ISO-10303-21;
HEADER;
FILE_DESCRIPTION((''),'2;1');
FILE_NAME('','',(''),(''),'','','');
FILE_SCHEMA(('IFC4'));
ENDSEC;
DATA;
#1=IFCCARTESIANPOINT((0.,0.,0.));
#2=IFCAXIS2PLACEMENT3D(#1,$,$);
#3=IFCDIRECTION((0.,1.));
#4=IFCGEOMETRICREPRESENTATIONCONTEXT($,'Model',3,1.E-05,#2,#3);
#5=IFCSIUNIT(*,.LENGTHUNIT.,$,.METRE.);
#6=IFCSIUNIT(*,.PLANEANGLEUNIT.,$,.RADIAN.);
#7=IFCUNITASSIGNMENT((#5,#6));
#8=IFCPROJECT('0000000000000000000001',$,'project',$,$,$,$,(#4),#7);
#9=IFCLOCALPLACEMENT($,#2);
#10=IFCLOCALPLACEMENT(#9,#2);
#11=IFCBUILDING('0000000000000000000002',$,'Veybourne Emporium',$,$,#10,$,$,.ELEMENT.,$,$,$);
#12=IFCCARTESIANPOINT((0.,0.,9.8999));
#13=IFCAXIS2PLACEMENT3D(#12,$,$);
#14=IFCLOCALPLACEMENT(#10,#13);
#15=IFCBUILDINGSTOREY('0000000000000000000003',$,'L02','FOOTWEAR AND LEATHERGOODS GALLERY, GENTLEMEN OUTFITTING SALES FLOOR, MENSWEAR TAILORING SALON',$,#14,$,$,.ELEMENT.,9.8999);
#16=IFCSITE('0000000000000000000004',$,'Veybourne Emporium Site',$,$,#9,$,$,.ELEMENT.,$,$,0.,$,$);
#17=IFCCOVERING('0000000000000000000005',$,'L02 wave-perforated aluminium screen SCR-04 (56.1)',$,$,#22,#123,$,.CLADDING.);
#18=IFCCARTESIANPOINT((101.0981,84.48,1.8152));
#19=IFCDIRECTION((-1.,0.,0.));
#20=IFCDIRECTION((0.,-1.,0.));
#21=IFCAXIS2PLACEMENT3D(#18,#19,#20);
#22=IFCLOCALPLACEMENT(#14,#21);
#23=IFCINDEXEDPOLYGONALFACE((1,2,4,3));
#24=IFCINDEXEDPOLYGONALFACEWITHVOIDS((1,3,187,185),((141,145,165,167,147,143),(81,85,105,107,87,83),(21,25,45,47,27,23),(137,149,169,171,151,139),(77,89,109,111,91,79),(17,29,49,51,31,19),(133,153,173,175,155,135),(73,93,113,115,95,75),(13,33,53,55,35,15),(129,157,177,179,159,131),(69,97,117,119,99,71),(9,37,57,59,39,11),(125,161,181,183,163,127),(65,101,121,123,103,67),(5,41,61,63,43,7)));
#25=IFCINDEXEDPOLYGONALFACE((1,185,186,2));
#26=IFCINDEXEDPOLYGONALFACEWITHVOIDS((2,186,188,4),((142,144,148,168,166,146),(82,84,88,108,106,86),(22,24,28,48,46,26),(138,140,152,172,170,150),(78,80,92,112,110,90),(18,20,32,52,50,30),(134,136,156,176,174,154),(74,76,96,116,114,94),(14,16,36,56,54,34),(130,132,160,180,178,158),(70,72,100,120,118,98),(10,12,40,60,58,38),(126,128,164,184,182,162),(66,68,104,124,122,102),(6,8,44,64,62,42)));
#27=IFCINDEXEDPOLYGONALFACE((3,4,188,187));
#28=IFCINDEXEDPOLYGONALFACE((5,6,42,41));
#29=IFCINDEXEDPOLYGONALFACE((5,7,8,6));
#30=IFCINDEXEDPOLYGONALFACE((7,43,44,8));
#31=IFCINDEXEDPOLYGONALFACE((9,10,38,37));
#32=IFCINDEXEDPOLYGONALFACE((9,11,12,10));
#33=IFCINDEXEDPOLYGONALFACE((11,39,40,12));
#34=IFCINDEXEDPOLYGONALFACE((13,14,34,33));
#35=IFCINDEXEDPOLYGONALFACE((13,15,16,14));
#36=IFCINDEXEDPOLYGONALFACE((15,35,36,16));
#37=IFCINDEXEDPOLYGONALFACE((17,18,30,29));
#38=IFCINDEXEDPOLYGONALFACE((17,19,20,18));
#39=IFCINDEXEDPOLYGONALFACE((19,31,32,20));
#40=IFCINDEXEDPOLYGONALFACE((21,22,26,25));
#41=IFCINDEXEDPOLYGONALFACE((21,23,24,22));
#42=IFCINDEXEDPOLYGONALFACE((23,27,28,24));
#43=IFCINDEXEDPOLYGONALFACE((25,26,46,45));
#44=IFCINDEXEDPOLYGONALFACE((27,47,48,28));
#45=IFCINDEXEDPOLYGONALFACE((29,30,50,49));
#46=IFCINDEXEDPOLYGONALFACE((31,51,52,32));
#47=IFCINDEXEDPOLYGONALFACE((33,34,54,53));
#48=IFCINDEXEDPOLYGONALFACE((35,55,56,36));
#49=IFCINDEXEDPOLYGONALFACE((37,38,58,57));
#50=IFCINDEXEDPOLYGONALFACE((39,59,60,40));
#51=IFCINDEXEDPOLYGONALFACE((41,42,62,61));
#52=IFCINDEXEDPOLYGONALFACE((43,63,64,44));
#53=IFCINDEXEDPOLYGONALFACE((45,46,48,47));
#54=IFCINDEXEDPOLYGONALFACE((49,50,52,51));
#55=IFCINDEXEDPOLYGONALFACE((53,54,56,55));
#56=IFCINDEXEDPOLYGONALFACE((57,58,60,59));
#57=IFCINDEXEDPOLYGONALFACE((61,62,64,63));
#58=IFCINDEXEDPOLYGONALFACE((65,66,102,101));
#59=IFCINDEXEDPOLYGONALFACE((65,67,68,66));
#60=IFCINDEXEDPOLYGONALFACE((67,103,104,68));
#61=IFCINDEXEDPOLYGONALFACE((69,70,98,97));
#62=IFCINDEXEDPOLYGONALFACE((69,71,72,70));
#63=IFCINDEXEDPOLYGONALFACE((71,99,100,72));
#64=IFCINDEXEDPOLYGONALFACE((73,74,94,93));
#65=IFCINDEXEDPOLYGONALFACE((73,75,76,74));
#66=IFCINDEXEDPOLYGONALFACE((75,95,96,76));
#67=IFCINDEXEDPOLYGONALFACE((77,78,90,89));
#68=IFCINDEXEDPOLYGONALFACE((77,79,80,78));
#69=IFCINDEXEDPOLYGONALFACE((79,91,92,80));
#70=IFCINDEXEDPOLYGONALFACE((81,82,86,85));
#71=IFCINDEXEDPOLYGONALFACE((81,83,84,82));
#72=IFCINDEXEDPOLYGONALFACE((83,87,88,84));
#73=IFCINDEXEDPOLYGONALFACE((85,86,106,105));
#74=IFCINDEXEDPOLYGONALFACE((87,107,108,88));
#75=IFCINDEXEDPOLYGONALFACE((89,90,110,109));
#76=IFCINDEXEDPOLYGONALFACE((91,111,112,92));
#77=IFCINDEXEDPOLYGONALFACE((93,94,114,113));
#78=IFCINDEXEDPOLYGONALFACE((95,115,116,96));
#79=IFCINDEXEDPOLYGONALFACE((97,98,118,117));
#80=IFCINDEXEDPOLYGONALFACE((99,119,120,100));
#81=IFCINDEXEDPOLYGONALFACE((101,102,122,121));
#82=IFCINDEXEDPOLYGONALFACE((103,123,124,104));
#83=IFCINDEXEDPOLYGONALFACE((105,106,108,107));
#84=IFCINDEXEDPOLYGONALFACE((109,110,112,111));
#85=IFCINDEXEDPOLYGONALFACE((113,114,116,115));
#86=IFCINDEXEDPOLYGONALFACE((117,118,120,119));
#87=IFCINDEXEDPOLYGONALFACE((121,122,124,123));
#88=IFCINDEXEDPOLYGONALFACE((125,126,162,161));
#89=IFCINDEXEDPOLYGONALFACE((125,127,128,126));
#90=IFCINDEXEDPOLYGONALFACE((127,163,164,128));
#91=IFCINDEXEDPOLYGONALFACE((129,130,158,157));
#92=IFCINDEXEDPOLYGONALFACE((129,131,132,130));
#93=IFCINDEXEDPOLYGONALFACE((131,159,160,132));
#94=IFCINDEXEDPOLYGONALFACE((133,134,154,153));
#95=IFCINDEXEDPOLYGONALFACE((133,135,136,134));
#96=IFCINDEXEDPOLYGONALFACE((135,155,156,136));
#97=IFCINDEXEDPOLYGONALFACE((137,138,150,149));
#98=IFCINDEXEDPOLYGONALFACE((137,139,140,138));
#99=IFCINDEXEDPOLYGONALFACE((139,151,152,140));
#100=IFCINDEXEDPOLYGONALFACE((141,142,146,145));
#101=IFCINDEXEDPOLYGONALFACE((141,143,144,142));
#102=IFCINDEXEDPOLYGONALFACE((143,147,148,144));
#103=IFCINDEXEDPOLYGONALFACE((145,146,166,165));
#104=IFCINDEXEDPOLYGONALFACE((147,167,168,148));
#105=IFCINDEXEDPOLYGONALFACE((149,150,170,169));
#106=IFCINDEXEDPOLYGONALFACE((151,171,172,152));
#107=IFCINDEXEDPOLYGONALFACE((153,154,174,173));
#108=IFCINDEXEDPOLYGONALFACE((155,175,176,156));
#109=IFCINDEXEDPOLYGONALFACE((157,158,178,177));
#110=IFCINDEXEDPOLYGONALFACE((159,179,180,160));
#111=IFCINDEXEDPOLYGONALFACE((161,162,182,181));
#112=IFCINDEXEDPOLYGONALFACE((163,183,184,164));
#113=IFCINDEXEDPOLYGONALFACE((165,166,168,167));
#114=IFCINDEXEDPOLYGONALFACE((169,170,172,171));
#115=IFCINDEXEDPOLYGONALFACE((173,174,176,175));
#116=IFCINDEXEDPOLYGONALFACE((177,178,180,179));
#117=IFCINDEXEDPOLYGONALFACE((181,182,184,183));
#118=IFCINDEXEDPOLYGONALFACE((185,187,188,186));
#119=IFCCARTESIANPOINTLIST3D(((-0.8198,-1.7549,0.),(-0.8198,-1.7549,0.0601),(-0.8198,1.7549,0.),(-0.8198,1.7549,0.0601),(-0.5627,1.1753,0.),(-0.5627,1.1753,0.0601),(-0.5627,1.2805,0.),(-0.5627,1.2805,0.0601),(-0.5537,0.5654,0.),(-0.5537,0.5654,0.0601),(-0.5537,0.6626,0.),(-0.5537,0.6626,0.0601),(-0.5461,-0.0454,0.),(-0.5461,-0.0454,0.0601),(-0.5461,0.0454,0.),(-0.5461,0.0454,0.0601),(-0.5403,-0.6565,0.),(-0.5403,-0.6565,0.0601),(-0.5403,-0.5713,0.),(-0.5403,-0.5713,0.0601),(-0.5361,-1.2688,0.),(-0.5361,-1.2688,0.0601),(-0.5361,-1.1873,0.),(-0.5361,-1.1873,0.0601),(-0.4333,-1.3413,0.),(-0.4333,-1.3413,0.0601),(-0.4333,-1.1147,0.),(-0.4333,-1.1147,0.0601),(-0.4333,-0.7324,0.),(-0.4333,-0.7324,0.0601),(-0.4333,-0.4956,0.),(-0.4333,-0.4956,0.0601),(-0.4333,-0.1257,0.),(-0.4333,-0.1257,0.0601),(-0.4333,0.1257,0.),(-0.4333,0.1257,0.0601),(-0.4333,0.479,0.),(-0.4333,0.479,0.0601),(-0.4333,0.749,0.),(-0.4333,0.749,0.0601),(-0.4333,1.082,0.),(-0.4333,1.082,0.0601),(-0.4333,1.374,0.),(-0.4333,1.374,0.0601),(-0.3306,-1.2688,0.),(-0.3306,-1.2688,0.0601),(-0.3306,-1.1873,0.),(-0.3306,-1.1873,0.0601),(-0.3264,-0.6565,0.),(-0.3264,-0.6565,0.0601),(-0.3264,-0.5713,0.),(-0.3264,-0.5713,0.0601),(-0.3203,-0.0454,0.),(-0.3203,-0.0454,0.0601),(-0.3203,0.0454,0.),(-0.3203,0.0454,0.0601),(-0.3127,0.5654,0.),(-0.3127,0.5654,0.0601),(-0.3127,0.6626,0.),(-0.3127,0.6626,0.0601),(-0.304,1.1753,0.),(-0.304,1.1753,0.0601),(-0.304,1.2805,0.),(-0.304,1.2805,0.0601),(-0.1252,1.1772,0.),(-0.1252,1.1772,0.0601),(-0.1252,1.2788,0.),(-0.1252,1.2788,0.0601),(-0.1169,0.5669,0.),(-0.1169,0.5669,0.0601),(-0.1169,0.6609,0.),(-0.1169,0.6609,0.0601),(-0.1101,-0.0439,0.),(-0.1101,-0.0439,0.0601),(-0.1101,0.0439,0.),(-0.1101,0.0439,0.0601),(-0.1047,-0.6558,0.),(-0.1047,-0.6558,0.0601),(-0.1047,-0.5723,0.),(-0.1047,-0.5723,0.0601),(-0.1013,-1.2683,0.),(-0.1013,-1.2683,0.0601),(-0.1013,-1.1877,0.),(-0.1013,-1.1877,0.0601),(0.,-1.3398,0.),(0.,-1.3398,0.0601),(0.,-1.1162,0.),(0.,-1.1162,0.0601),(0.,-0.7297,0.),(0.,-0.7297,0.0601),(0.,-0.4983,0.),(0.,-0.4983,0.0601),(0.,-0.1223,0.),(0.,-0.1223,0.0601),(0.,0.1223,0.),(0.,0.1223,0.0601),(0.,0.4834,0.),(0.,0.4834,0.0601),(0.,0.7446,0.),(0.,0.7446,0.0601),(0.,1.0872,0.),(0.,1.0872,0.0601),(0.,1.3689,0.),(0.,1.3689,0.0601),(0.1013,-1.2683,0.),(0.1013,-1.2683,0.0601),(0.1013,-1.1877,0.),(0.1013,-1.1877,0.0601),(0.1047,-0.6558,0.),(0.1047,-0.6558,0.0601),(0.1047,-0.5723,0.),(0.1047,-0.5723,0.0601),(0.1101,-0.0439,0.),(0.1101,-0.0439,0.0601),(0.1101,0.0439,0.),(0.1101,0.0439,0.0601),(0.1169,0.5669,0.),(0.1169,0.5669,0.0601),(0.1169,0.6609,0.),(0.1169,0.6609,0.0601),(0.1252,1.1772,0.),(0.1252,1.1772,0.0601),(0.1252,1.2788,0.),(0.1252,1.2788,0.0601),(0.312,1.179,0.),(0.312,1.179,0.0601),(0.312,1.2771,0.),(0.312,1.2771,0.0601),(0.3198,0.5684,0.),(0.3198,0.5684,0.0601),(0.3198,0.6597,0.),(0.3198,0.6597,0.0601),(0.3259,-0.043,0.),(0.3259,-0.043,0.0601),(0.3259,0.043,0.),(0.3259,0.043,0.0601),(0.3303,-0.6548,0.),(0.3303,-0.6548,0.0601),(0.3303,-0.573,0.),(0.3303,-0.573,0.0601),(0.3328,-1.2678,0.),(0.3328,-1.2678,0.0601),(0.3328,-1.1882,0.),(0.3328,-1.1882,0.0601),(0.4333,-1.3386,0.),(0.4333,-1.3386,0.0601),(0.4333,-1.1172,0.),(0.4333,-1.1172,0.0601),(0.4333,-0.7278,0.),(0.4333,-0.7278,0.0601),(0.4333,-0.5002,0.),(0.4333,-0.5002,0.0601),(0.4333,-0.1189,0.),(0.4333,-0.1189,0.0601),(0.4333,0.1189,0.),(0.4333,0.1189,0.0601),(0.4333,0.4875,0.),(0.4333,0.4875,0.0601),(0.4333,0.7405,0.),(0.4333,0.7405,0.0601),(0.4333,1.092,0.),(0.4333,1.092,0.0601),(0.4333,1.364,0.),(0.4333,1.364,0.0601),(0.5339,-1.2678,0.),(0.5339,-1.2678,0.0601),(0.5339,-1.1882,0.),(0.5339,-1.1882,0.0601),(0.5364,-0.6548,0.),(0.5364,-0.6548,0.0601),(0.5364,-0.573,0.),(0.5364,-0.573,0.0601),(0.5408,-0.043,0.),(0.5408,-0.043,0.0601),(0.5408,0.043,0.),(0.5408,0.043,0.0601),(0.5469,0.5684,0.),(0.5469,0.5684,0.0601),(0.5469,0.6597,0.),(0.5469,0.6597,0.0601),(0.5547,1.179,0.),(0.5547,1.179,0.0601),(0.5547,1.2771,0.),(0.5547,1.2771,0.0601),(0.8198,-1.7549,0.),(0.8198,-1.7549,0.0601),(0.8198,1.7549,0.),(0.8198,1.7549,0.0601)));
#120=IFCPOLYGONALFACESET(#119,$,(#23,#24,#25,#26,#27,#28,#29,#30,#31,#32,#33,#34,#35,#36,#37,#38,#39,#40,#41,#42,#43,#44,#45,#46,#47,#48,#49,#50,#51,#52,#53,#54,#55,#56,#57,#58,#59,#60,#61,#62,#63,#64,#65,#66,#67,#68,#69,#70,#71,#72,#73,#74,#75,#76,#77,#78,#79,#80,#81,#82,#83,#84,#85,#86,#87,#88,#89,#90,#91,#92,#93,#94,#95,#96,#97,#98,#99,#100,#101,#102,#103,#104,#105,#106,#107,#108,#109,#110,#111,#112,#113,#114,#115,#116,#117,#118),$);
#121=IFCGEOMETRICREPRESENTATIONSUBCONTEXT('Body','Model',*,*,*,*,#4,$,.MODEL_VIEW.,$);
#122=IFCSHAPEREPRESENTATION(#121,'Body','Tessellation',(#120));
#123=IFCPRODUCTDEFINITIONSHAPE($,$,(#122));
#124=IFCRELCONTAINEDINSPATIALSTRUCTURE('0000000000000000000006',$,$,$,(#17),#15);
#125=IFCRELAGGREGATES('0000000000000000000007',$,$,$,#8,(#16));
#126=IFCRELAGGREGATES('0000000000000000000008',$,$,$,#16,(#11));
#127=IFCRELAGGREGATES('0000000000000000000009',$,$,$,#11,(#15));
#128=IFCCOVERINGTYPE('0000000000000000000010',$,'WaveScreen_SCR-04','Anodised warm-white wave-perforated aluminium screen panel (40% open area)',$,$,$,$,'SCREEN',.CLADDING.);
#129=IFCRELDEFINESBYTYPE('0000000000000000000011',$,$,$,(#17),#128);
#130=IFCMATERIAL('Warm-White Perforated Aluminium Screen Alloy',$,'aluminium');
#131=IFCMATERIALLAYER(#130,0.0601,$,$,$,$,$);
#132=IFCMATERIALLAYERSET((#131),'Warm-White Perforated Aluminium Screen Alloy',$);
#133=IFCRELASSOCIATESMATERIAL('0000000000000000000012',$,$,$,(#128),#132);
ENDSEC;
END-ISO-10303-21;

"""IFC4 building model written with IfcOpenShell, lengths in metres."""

from ifc_helpers import new_model, si_unit, direction, frame, origin, place, context, subcontext, project, spatial, polyline, outline, extrude, material, layer, layer_set, type_object, element, save


model = new_model("IFC4")

# Units and contexts
model_context = context("Model", 3, precision=1e-05, world=origin(), true_north=direction((0.0, 1.0)))
body_context = subcontext(model_context, "Body", "Model", "MODEL_VIEW")
ifc_project = project(units=[si_unit("LENGTHUNIT", "METRE"), si_unit("PLANEANGLEUNIT", "RADIAN")], contexts=[model_context])

# Site, building, storey
site_placement = place(None, origin())
site = spatial("IfcSite", under=ifc_project, at=site_placement, Name="Veybourne Emporium Site", CompositionType="ELEMENT", RefElevation=0.0)
building_placement = place(site_placement, origin())
building = spatial("IfcBuilding", under=site, at=building_placement, Name="Veybourne Emporium", CompositionType="ELEMENT")
storey_placement = place(building_placement, frame((0.0, 0.0, 9.8999)))
storey = spatial("IfcBuildingStorey", under=building, at=storey_placement, Name="L02", Description="FOOTWEAR AND LEATHERGOODS GALLERY, GENTLEMEN OUTFITTING SALES FLOOR, MENSWEAR TAILORING SALON", CompositionType="ELEMENT", Elevation=9.8999)

# Covering
ifc_material_1 = material(Name="Warm-White Perforated Aluminium Screen Alloy", Category="aluminium")
ifc_layer_1 = layer(ifc_material_1, 0.0601)
ifc_layer_set_1 = layer_set([ifc_layer_1], Name="Warm-White Perforated Aluminium Screen Alloy")
covering_type_1 = type_object("IfcCoveringType", Name="WaveScreen_SCR-04", Description="Anodised warm-white wave-perforated aluminium screen panel (40% open area)", ElementType="SCREEN", PredefinedType="CLADDING", material=ifc_layer_set_1)
covering_1_placement = place(storey_placement, frame((101.0981, 84.48, 1.8152), z_axis=(-1.0, 0.0, 0.0), x_axis=(0.0, -1.0, 0.0)))
element("IfcCovering", 1, at=covering_1_placement, inside=storey, type_object=covering_type_1, Name="L02 wave-perforated aluminium screen SCR-04 (56.1)", PredefinedType="CLADDING", context=body_context, shape_type="SweptSolid", body=[
    extrude(outline(polyline([(-0.8198, -1.7549), (0.8198, -1.7549), (0.8198, 1.7549), (-0.8198, 1.7549), (-0.8198, -1.7549)]), holes=[polyline([(-0.4333, -1.1147), (-0.3306, -1.1873), (-0.3306, -1.2688), (-0.4333, -1.3413), (-0.5361, -1.2688), (-0.5361, -1.1873), (-0.4333, -1.1147)]), polyline([(-0.4333, -0.4956), (-0.3264, -0.5713), (-0.3264, -0.6565), (-0.4333, -0.7324), (-0.5403, -0.6565), (-0.5403, -0.5713), (-0.4333, -0.4956)]), polyline([(-0.4333, 0.1257), (-0.3203, 0.0454), (-0.3203, -0.0454), (-0.4333, -0.1257), (-0.5461, -0.0454), (-0.5461, 0.0454), (-0.4333, 0.1257)]), polyline([(-0.4333, 0.749), (-0.3127, 0.6626), (-0.3127, 0.5654), (-0.4333, 0.479), (-0.5537, 0.5654), (-0.5537, 0.6626), (-0.4333, 0.749)]), polyline([(-0.4333, 1.374), (-0.304, 1.2805), (-0.304, 1.1753), (-0.4333, 1.082), (-0.5627, 1.1753), (-0.5627, 1.2805), (-0.4333, 1.374)]), polyline([(0.0, -1.1162), (0.1013, -1.1877), (0.1013, -1.2683), (0.0, -1.3398), (-0.1013, -1.2683), (-0.1013, -1.1877), (0.0, -1.1162)]), polyline([(0.0, -0.4983), (0.1047, -0.5723), (0.1047, -0.6558), (0.0, -0.7297), (-0.1047, -0.6558), (-0.1047, -0.5723), (0.0, -0.4983)]), polyline([(0.0, 0.1223), (0.1101, 0.0439), (0.1101, -0.0439), (0.0, -0.1223), (-0.1101, -0.0439), (-0.1101, 0.0439), (0.0, 0.1223)]), polyline([(0.0, 0.7446), (0.1169, 0.6609), (0.1169, 0.5669), (0.0, 0.4834), (-0.1169, 0.5669), (-0.1169, 0.6609), (0.0, 0.7446)]), polyline([(0.0, 1.3689), (0.1252, 1.2788), (0.1252, 1.1772), (0.0, 1.0872), (-0.1252, 1.1772), (-0.1252, 1.2788), (0.0, 1.3689)]), polyline([(0.4333, -1.1172), (0.5339, -1.1882), (0.5339, -1.2678), (0.4333, -1.3386), (0.3328, -1.2678), (0.3328, -1.1882), (0.4333, -1.1172)]), polyline([(0.4333, -0.5002), (0.5364, -0.573), (0.5364, -0.6548), (0.4333, -0.7278), (0.3303, -0.6548), (0.3303, -0.573), (0.4333, -0.5002)]), polyline([(0.4333, 0.1189), (0.5408, 0.043), (0.5408, -0.043), (0.4333, -0.1189), (0.3259, -0.043), (0.3259, 0.043), (0.4333, 0.1189)]), polyline([(0.4333, 0.7405), (0.5469, 0.6597), (0.5469, 0.5684), (0.4333, 0.4875), (0.3198, 0.5684), (0.3198, 0.6597), (0.4333, 0.7405)]), polyline([(0.4333, 1.364), (0.5547, 1.2771), (0.5547, 1.179), (0.4333, 1.092), (0.312, 1.179), (0.312, 1.2771), (0.4333, 1.364)])]), origin(), (0.0, 0.0, 1.0), 0.0601),
])

save(model, "model.ifc")
